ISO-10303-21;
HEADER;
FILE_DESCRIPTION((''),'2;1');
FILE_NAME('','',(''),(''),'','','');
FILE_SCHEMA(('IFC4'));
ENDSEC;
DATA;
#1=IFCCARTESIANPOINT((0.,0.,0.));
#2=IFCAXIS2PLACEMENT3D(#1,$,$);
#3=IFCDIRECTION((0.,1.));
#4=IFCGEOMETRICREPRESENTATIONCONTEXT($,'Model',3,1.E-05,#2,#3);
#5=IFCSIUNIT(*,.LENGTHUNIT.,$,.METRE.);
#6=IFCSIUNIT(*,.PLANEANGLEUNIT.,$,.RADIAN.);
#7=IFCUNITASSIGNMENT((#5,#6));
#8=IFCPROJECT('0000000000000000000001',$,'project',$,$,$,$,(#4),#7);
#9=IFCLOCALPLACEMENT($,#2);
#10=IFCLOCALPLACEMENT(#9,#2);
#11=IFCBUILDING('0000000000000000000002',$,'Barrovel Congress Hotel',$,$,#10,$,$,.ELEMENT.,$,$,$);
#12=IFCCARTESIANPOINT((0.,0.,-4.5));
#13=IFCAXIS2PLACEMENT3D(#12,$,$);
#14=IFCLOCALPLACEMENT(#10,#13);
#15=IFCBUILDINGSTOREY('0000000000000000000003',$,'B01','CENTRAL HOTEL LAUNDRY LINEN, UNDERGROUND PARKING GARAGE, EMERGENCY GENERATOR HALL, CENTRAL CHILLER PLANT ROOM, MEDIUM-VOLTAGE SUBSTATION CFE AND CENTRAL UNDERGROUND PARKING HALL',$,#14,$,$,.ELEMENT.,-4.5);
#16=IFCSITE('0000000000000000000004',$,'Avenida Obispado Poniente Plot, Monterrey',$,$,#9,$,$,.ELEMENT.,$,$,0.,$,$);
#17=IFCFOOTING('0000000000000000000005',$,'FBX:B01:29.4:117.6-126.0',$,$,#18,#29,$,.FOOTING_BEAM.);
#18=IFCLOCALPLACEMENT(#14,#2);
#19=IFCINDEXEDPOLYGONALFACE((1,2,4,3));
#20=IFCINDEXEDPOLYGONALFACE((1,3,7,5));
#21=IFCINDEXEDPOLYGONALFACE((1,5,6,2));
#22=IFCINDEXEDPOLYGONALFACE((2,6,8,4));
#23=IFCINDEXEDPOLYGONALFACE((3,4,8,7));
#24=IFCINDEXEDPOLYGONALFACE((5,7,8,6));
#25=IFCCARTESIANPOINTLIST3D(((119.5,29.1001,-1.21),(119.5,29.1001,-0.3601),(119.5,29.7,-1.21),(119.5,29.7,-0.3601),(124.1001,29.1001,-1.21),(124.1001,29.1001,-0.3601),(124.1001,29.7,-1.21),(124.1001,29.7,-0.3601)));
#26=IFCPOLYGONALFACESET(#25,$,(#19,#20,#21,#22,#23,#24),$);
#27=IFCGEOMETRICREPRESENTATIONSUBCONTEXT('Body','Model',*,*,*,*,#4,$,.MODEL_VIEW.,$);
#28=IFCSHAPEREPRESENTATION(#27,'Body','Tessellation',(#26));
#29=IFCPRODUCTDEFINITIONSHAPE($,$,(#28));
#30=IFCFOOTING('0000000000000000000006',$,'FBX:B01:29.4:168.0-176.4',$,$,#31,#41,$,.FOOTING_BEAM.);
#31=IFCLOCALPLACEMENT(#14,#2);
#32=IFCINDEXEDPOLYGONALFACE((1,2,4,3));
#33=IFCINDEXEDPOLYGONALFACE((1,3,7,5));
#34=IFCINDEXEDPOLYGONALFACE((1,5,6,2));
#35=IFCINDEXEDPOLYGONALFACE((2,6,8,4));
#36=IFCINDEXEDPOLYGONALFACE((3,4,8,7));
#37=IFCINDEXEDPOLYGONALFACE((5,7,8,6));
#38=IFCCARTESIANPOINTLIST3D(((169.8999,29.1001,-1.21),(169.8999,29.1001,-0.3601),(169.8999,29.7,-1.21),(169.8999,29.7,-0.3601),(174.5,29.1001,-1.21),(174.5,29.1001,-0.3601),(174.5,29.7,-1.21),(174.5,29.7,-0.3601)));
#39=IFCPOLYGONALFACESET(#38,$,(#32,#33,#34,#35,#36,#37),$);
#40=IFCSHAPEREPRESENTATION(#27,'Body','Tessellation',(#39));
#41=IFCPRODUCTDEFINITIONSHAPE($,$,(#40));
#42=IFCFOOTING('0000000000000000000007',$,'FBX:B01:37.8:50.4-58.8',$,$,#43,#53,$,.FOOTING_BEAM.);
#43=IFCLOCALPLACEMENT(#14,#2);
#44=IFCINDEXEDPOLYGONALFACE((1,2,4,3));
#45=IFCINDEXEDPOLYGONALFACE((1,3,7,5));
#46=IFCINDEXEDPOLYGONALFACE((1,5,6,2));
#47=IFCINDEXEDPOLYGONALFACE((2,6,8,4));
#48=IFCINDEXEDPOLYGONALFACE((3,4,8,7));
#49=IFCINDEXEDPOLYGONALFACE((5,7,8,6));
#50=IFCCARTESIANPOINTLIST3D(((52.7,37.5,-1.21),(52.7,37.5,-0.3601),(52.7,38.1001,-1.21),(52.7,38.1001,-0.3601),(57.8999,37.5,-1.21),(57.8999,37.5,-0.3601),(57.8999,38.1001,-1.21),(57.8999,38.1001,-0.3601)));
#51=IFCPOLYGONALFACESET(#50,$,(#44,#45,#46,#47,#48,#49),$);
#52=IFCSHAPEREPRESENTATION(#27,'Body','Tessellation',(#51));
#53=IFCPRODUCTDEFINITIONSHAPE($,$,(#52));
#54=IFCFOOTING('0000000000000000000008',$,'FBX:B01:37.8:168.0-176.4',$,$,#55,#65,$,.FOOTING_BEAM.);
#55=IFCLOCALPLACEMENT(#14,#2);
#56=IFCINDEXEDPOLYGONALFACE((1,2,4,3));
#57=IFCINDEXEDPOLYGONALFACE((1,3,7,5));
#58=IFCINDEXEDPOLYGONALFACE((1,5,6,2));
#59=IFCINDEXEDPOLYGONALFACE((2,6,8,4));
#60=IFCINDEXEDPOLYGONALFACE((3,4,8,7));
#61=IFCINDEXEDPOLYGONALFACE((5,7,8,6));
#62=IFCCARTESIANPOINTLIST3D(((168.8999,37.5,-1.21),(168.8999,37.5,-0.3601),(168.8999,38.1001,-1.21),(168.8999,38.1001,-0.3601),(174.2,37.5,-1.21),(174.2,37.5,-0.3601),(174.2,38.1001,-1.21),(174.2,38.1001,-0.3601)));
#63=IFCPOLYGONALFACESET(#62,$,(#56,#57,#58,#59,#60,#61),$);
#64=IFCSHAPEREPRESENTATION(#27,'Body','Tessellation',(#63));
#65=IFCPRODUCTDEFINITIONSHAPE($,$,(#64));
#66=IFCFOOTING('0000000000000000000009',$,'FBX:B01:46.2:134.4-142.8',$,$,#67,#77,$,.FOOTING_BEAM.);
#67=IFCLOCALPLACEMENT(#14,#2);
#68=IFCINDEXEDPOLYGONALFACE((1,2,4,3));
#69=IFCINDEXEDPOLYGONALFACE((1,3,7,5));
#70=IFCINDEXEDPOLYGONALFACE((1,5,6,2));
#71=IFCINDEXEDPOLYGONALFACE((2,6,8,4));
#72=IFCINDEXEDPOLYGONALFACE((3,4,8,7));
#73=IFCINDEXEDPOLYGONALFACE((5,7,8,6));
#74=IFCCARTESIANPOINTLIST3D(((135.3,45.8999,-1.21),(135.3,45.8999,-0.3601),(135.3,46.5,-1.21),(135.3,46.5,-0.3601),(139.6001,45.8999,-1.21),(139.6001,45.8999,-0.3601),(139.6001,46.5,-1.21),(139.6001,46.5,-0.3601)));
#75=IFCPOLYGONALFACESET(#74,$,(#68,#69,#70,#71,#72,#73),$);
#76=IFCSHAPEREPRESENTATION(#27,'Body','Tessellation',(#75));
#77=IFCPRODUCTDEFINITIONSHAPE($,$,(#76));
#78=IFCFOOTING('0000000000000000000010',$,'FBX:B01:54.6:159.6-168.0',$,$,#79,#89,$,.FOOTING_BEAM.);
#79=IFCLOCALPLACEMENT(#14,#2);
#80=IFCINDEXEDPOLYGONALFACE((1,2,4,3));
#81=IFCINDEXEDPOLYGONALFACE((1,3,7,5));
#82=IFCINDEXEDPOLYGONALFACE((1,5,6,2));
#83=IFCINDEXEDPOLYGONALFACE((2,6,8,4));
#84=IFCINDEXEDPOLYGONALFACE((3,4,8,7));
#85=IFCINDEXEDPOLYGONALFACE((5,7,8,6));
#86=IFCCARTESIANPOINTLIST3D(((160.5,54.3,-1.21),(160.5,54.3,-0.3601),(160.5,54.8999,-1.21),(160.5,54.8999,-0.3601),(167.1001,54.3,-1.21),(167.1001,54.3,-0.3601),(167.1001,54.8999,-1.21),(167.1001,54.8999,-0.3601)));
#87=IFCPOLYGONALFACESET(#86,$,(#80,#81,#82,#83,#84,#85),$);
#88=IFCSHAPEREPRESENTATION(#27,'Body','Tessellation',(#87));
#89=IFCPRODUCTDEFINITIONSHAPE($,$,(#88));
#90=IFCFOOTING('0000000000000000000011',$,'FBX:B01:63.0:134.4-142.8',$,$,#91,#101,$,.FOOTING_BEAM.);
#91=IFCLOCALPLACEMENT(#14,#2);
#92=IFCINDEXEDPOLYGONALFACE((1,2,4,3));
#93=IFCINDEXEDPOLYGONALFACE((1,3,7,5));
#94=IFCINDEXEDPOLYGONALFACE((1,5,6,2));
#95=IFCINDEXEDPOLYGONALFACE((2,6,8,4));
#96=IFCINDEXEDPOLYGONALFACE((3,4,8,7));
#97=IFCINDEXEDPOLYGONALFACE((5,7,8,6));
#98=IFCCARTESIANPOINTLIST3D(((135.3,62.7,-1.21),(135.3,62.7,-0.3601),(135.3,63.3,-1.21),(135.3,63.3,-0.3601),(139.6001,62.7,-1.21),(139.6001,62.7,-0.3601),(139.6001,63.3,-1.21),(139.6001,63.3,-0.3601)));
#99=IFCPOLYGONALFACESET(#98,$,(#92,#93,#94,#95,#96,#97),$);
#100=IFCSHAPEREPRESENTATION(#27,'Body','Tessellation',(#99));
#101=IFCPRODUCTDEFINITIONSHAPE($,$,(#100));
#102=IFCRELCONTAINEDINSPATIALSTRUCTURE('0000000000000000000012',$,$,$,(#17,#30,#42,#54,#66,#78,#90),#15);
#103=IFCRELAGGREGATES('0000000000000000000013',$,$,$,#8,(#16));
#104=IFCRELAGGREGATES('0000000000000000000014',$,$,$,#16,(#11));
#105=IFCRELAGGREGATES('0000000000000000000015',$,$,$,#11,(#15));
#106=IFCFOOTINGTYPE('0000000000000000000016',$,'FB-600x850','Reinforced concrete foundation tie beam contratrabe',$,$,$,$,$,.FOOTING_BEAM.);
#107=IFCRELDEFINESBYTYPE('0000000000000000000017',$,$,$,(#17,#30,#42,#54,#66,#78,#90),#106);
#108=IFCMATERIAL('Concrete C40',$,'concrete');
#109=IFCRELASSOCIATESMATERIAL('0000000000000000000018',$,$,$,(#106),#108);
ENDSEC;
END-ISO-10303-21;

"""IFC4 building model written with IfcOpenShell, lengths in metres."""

from ifc_helpers import new_model, si_unit, direction, frame, origin, place, context, subcontext, project, spatial, polyline, outline, extrude, material, type_object, element, save


model = new_model("IFC4")

# Units and contexts
model_context = context("Model", 3, precision=1e-05, world=origin(), true_north=direction((0.0, 1.0)))
body_context = subcontext(model_context, "Body", "Model", "MODEL_VIEW")
ifc_project = project(units=[si_unit("LENGTHUNIT", "METRE"), si_unit("PLANEANGLEUNIT", "RADIAN")], contexts=[model_context])

# Site, building, storey
site_placement = place(None, origin())
site = spatial("IfcSite", under=ifc_project, at=site_placement, Name="Avenida Obispado Poniente Plot, Monterrey", CompositionType="ELEMENT", RefElevation=0.0)
building_placement = place(site_placement, origin())
building = spatial("IfcBuilding", under=site, at=building_placement, Name="Barrovel Congress Hotel", CompositionType="ELEMENT")
storey_placement = place(building_placement, frame((0.0, 0.0, -4.5)))
storey = spatial("IfcBuildingStorey", under=building, at=storey_placement, Name="B01", Description="CENTRAL HOTEL LAUNDRY LINEN, UNDERGROUND PARKING GARAGE, EMERGENCY GENERATOR HALL, CENTRAL CHILLER PLANT ROOM, MEDIUM-VOLTAGE SUBSTATION CFE AND CENTRAL UNDERGROUND PARKING HALL", CompositionType="ELEMENT", Elevation=-4.5)

# Footings
ifc_material = material(Name="Concrete C40", Category="concrete")
footing_type_1 = type_object("IfcFootingType", Name="FB-600x850", Description="Reinforced concrete foundation tie beam contratrabe", PredefinedType="FOOTING_BEAM", material=ifc_material)
footing_1_placement = place(storey_placement, frame((0.0, 0.0, -1.21)))
element("IfcFooting", 1, at=footing_1_placement, inside=storey, type_object=footing_type_1, Name="FBX:B01:29.4:117.6-126.0", PredefinedType="FOOTING_BEAM", context=body_context, shape_type="SweptSolid", body=[
    extrude(outline(polyline([(119.5, 29.1001), (124.1001, 29.1001), (124.1001, 29.7), (119.5, 29.7), (119.5, 29.1001)])), origin(), (0.0, 0.0, 1.0), 0.8499),
])
footing_2_placement = place(storey_placement, frame((0.0, 0.0, -1.21)))
element("IfcFooting", 2, at=footing_2_placement, inside=storey, type_object=footing_type_1, Name="FBX:B01:29.4:168.0-176.4", PredefinedType="FOOTING_BEAM", context=body_context, shape_type="SweptSolid", body=[
    extrude(outline(polyline([(169.8999, 29.1001), (174.5, 29.1001), (174.5, 29.7), (169.8999, 29.7), (169.8999, 29.1001)])), origin(), (0.0, 0.0, 1.0), 0.8499),
])
footing_3_placement = place(storey_placement, frame((0.0, 0.0, -1.21)))
element("IfcFooting", 3, at=footing_3_placement, inside=storey, type_object=footing_type_1, Name="FBX:B01:37.8:50.4-58.8", PredefinedType="FOOTING_BEAM", context=body_context, shape_type="SweptSolid", body=[
    extrude(outline(polyline([(52.7, 37.5), (57.8999, 37.5), (57.8999, 38.1001), (52.7, 38.1001), (52.7, 37.5)])), origin(), (0.0, 0.0, 1.0), 0.8499),
])
footing_4_placement = place(storey_placement, frame((0.0, 0.0, -1.21)))
element("IfcFooting", 4, at=footing_4_placement, inside=storey, type_object=footing_type_1, Name="FBX:B01:37.8:168.0-176.4", PredefinedType="FOOTING_BEAM", context=body_context, shape_type="SweptSolid", body=[
    extrude(outline(polyline([(168.8999, 37.5), (174.2, 37.5), (174.2, 38.1001), (168.8999, 38.1001), (168.8999, 37.5)])), origin(), (0.0, 0.0, 1.0), 0.8499),
])
footing_5_placement = place(storey_placement, frame((0.0, 0.0, -1.21)))
element("IfcFooting", 5, at=footing_5_placement, inside=storey, type_object=footing_type_1, Name="FBX:B01:46.2:134.4-142.8", PredefinedType="FOOTING_BEAM", context=body_context, shape_type="SweptSolid", body=[
    extrude(outline(polyline([(135.3, 45.8999), (139.6001, 45.8999), (139.6001, 46.5), (135.3, 46.5), (135.3, 45.8999)])), origin(), (0.0, 0.0, 1.0), 0.8499),
])
footing_6_placement = place(storey_placement, frame((0.0, 0.0, -1.21)))
element("IfcFooting", 6, at=footing_6_placement, inside=storey, type_object=footing_type_1, Name="FBX:B01:54.6:159.6-168.0", PredefinedType="FOOTING_BEAM", context=body_context, shape_type="SweptSolid", body=[
    extrude(outline(polyline([(160.5, 54.3), (167.1001, 54.3), (167.1001, 54.8999), (160.5, 54.8999), (160.5, 54.3)])), origin(), (0.0, 0.0, 1.0), 0.8499),
])
footing_7_placement = place(storey_placement, frame((0.0, 0.0, -1.21)))
element("IfcFooting", 7, at=footing_7_placement, inside=storey, type_object=footing_type_1, Name="FBX:B01:63.0:134.4-142.8", PredefinedType="FOOTING_BEAM", context=body_context, shape_type="SweptSolid", body=[
    extrude(outline(polyline([(135.3, 62.7), (139.6001, 62.7), (139.6001, 63.3), (135.3, 63.3), (135.3, 62.7)])), origin(), (0.0, 0.0, 1.0), 0.8499),
])

save(model, "model.ifc")
